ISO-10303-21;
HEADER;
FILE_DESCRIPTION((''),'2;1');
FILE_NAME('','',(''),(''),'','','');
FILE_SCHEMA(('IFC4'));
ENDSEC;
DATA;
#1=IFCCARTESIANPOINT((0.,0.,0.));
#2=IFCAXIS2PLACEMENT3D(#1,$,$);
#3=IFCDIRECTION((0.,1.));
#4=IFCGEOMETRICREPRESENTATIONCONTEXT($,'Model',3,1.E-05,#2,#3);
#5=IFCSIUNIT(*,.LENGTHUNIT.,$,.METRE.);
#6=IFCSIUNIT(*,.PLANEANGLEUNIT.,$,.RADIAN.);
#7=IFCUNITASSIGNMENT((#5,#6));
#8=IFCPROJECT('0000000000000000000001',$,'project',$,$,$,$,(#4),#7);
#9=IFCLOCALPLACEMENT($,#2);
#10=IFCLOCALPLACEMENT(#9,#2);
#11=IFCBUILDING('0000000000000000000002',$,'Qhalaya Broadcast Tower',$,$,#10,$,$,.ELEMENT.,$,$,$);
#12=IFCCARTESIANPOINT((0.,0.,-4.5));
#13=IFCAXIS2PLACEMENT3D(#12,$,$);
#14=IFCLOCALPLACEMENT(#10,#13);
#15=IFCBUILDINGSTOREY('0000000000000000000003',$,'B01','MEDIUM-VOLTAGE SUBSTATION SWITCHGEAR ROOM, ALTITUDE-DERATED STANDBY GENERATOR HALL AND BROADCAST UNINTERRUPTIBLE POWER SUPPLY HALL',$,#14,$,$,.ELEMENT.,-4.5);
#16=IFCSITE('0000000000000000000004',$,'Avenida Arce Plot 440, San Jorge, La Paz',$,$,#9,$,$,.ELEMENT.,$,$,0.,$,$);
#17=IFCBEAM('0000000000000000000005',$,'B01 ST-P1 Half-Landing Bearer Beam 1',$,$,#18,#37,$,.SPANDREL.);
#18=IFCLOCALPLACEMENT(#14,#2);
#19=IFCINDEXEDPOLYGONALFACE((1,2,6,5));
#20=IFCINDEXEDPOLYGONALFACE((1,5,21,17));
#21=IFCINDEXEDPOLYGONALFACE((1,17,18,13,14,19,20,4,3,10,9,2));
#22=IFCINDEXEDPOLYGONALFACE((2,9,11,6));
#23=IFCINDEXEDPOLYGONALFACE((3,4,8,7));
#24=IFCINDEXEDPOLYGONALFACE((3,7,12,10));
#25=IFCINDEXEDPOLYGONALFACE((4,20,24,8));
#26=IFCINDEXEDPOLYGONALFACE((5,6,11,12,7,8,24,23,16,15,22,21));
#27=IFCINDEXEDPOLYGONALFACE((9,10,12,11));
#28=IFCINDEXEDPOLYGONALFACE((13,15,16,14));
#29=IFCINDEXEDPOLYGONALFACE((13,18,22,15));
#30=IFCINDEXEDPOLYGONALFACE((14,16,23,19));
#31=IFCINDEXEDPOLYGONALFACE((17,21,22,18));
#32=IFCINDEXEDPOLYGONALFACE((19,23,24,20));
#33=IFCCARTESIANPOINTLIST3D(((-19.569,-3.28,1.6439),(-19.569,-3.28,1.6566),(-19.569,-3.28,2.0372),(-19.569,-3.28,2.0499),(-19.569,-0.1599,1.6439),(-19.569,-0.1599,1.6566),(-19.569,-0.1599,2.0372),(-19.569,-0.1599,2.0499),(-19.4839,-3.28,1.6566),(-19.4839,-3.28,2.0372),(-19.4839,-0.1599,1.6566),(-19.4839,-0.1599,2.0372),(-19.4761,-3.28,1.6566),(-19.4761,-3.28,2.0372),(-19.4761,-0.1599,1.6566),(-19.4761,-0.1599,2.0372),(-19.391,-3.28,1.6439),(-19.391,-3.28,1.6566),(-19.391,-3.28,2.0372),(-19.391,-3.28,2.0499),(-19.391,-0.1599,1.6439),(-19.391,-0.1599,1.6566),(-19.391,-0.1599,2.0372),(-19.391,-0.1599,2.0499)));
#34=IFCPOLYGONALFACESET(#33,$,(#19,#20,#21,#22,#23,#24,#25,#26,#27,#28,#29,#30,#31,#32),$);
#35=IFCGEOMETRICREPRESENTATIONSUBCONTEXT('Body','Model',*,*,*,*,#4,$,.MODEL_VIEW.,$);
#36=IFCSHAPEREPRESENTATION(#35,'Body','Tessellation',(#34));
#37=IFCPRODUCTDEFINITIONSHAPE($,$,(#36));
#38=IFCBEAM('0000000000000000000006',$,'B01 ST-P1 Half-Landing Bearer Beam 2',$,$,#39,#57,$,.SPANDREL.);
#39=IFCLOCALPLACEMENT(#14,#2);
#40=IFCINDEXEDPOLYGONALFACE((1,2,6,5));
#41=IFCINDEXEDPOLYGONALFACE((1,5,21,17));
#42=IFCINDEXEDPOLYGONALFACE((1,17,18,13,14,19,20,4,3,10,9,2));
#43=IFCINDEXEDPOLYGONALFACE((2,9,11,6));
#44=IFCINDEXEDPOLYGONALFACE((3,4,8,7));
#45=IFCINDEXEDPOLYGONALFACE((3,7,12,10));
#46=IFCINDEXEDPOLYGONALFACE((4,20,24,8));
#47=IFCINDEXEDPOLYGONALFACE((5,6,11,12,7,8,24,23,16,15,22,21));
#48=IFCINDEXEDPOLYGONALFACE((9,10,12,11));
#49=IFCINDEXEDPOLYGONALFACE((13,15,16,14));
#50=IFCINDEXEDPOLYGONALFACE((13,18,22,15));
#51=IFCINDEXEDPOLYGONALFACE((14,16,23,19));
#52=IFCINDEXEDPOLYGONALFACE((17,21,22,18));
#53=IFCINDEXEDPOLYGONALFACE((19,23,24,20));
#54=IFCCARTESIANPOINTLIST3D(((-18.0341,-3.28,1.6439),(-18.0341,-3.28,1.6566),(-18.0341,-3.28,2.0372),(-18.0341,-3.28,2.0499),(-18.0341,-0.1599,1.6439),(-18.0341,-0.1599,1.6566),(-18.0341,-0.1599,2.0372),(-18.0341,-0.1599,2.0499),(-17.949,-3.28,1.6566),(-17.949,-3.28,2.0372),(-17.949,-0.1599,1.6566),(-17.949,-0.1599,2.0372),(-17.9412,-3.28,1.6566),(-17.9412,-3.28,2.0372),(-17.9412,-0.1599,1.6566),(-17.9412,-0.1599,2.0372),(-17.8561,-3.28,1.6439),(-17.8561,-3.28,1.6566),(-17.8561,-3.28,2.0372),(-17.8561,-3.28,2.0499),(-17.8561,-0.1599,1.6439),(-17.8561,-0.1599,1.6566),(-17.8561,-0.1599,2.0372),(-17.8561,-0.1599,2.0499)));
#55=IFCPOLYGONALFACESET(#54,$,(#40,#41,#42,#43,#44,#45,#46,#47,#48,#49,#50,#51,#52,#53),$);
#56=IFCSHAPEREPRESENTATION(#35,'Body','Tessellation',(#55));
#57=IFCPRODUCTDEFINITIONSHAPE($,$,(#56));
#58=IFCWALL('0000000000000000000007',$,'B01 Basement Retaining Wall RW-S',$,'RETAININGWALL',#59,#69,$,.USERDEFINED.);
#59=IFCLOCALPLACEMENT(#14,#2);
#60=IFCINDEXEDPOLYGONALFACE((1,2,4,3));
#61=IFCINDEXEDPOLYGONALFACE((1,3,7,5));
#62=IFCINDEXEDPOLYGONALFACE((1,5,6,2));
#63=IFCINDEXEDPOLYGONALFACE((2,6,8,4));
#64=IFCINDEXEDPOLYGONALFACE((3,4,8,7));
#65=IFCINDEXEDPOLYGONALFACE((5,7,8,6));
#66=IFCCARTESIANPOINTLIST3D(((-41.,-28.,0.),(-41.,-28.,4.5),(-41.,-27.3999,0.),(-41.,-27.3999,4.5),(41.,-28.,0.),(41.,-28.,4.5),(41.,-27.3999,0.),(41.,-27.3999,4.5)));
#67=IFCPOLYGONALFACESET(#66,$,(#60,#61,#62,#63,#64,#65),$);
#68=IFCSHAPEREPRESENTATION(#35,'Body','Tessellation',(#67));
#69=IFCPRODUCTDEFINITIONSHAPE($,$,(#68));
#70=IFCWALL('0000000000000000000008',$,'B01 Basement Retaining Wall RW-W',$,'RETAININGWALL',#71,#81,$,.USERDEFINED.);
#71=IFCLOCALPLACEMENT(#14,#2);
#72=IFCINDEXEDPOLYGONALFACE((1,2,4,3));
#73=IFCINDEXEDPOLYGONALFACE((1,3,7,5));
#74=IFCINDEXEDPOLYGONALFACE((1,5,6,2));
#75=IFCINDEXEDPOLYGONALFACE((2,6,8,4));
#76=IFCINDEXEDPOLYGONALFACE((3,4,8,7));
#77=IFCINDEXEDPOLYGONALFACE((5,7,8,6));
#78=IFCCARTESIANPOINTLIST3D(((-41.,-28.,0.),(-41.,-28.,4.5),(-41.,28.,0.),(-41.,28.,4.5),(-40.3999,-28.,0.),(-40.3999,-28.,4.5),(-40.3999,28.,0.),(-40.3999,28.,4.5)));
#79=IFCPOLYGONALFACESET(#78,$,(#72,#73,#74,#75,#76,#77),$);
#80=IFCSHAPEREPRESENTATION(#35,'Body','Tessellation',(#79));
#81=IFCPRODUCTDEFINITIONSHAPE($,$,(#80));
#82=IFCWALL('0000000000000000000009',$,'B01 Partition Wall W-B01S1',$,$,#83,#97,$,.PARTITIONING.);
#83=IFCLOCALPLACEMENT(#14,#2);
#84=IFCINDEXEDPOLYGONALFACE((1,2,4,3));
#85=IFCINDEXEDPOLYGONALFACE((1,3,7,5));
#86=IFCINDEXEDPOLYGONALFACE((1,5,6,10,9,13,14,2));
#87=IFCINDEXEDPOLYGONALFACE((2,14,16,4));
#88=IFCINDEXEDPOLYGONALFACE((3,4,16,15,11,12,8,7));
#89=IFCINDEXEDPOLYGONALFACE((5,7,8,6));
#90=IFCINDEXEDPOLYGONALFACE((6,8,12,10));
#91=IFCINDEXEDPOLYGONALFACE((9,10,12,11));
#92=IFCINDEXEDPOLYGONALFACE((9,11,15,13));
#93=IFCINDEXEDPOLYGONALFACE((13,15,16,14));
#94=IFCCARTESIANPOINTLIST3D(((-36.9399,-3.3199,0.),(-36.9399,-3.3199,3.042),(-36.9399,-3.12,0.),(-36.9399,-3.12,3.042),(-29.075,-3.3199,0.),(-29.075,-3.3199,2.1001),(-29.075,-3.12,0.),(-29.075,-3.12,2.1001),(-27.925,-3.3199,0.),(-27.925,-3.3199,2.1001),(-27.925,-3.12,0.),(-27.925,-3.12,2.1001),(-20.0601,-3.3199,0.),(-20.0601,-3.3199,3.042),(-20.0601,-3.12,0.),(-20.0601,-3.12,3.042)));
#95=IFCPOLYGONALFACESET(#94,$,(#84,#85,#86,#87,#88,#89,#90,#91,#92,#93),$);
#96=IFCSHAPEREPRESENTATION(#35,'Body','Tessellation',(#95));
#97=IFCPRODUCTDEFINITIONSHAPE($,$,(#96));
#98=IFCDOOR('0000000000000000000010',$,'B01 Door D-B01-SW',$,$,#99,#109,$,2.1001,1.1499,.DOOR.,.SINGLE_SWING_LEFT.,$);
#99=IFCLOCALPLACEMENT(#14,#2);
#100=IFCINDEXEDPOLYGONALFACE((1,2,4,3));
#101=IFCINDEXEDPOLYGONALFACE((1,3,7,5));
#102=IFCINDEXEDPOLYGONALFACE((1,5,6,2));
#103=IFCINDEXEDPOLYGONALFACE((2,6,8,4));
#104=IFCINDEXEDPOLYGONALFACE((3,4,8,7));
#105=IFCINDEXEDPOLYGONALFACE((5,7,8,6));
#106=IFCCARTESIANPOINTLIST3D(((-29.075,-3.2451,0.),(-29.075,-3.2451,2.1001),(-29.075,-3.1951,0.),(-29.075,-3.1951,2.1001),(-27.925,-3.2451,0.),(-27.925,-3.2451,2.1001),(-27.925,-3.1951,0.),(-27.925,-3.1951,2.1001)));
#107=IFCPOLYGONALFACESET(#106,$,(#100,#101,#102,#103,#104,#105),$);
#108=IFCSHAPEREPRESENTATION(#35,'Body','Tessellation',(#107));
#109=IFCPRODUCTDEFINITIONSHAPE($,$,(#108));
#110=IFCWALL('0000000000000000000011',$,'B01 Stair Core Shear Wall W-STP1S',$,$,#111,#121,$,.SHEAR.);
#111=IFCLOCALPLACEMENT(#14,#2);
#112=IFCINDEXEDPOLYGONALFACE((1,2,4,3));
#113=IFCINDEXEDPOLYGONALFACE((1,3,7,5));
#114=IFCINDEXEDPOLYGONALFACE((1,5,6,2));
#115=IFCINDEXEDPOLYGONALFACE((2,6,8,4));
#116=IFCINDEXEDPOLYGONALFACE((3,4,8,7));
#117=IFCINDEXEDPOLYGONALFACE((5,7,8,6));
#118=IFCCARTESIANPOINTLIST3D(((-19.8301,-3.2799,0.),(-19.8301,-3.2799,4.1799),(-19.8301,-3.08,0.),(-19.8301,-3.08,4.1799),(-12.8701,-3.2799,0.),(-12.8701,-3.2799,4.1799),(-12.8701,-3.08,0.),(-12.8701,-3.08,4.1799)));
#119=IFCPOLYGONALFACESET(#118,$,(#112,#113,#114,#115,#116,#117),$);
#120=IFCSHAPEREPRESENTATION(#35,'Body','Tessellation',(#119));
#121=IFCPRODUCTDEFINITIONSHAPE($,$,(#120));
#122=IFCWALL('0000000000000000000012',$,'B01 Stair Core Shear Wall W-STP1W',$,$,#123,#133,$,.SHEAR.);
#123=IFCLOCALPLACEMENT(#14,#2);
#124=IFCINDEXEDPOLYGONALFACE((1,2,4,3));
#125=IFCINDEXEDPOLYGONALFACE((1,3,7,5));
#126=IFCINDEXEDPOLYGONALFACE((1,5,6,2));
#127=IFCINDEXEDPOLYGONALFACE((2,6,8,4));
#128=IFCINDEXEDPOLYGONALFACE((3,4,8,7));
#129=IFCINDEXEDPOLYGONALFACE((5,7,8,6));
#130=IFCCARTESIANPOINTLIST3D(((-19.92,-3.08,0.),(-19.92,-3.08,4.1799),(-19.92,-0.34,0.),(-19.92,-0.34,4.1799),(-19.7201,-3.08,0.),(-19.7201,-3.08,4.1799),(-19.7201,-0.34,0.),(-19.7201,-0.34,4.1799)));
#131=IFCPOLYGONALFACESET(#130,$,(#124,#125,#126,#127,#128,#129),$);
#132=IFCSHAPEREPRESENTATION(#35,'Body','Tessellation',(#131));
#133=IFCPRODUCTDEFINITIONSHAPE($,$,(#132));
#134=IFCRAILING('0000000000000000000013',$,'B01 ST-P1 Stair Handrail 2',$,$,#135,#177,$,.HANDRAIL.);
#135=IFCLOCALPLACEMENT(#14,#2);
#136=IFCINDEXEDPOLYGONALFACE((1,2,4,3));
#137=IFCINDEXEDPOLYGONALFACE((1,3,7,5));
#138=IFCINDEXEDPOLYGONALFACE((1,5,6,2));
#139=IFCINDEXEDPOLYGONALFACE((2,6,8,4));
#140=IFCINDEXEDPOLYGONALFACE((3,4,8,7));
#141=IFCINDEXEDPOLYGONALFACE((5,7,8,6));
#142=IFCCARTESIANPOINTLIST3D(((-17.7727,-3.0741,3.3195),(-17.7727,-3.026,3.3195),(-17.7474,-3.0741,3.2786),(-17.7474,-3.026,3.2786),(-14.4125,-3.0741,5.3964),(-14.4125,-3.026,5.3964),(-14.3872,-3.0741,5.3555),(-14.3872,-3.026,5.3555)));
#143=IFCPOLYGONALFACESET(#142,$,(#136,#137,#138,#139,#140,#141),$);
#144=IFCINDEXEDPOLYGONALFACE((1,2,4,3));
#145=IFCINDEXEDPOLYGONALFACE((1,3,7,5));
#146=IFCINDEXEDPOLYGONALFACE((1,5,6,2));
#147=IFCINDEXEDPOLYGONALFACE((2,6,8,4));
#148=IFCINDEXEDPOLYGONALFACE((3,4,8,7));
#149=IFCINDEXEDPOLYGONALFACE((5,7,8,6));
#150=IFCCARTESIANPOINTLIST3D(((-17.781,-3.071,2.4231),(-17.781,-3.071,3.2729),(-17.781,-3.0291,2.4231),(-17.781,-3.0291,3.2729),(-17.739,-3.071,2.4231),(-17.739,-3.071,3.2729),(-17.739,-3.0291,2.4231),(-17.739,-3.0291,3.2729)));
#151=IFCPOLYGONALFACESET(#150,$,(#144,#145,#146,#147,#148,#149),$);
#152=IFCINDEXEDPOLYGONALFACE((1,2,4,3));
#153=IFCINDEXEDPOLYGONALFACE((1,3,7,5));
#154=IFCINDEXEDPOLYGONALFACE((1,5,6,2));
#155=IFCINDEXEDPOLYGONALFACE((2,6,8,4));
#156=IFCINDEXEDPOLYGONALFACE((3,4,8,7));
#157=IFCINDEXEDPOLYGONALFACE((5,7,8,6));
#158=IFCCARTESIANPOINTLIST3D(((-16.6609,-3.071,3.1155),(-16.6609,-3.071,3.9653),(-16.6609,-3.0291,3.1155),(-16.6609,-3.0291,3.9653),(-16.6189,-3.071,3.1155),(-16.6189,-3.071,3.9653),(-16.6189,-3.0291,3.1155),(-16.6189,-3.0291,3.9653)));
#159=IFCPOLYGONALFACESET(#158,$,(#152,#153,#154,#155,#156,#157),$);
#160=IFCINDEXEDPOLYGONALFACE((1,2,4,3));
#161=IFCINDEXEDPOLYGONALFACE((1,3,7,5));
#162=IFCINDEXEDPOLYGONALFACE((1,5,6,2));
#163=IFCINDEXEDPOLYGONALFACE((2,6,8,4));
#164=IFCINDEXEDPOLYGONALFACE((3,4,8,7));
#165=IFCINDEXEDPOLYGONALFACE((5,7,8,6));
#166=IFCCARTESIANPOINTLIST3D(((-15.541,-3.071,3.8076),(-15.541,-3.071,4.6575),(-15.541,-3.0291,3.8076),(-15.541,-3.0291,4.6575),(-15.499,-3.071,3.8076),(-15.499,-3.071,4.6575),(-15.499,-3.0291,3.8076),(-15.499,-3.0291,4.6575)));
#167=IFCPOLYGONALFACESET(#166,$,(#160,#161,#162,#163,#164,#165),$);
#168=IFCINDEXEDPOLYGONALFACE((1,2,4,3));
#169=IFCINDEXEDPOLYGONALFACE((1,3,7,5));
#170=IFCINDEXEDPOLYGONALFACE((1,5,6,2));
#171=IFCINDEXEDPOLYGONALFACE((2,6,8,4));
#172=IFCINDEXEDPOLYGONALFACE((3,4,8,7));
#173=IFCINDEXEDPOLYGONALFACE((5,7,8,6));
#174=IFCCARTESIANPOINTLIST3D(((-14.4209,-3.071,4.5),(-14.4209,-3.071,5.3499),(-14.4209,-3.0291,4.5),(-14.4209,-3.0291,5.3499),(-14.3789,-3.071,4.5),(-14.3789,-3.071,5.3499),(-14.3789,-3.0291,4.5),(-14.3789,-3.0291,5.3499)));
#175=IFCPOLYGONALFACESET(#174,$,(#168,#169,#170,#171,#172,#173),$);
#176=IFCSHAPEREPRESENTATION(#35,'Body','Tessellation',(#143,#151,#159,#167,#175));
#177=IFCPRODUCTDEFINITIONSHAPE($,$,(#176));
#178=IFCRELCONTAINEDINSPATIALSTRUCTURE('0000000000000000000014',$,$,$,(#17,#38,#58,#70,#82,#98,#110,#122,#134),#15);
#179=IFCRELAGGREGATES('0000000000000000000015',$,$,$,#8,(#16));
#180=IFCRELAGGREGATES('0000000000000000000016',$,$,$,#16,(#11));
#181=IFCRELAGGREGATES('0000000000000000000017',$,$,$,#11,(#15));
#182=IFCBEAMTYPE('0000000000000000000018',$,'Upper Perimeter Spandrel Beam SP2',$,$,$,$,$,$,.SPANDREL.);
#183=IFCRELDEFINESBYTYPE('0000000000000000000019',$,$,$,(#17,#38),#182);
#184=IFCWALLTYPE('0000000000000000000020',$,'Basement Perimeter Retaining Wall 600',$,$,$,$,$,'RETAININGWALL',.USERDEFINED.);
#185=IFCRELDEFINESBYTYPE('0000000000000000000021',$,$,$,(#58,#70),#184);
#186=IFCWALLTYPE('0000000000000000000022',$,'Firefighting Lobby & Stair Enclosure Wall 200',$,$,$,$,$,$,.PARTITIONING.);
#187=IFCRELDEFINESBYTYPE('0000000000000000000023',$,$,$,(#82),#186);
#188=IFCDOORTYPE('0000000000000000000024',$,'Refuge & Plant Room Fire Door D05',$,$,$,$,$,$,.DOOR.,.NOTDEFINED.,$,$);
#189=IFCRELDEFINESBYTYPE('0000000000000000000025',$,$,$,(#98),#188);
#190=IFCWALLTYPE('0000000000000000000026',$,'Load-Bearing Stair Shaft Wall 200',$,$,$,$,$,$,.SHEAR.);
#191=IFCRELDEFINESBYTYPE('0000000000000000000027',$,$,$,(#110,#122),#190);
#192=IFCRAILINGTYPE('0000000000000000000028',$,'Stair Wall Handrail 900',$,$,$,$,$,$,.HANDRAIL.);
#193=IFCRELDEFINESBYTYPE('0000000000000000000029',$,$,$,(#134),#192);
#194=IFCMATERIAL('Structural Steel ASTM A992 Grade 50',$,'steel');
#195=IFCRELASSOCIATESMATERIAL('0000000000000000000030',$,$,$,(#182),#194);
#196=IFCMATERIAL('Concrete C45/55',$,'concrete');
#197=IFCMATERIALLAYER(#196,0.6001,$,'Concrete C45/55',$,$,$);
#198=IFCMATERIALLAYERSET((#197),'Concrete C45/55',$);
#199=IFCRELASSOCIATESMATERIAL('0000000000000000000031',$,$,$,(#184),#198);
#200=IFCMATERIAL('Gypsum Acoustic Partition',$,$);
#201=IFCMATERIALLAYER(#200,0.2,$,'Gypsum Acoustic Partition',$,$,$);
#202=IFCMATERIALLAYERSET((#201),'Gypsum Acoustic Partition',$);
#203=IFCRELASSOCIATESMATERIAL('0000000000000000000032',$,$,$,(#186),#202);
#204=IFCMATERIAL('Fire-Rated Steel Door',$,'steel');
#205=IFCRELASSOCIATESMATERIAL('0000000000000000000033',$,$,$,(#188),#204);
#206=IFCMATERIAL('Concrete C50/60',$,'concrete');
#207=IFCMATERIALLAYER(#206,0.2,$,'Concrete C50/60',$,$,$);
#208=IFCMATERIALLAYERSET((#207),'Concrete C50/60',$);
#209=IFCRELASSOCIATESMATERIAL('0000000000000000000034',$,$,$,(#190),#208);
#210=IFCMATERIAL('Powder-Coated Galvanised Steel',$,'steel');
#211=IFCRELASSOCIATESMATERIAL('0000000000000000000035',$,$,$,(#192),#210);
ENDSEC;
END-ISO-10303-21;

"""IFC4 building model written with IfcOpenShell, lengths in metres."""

from ifc_helpers import new_model, si_unit, direction, frame, frame_2d, origin, origin_2d, place, context, subcontext, project, spatial, rectangle, i_section, extrude, material, layer, layer_set, material_profile, profile_set, type_object, element, fill, save


model = new_model("IFC4")

# Units and contexts
model_context = context("Model", 3, precision=1e-05, world=origin(), true_north=direction((0.0, 1.0)))
body_context = subcontext(model_context, "Body", "Model", "MODEL_VIEW")
ifc_project = project(units=[si_unit("LENGTHUNIT", "METRE"), si_unit("PLANEANGLEUNIT", "RADIAN")], contexts=[model_context])

# Site, building, storey
site_placement = place(None, origin())
site = spatial("IfcSite", under=ifc_project, at=site_placement, Name="Avenida Arce Plot 440, San Jorge, La Paz", CompositionType="ELEMENT", RefElevation=0.0)
building_placement = place(site_placement, origin())
building = spatial("IfcBuilding", under=site, at=building_placement, Name="Qhalaya Broadcast Tower", CompositionType="ELEMENT")
storey_placement = place(building_placement, frame((0.0, 0.0, -4.5)))
storey = spatial("IfcBuildingStorey", under=building, at=storey_placement, Name="B01", Description="MEDIUM-VOLTAGE SUBSTATION SWITCHGEAR ROOM, ALTITUDE-DERATED STANDBY GENERATOR HALL AND BROADCAST UNINTERRUPTIBLE POWER SUPPLY HALL", CompositionType="ELEMENT", Elevation=-4.5)

# Beams
ifc_material_1 = material(Name="Structural Steel ASTM A992 Grade 50", Category="steel")
ifc_material_profile_1 = material_profile(ifc_material_1, i_section(OverallWidth=0.178, OverallDepth=0.406, WebThickness=0.0078, FlangeThickness=0.0127, at=origin_2d()), Name="W16X40")
ifc_profile_set_1 = profile_set([ifc_material_profile_1], Name="Structural Steel ASTM A992 Grade 50")
beam_type_1 = type_object("IfcBeamType", Name="Upper Perimeter Spandrel Beam SP2", PredefinedType="SPANDREL", material=ifc_profile_set_1)
for number, where, z_axis, x_axis, name in (
    (1, (-19.48, -3.28, 1.8469), (0.0, 1.0, 0.0), (-1.0, 0.0, 0.0), "B01 ST-P1 Half-Landing Bearer Beam 1"),
    (2, (-17.9451, -3.28, 1.8469), (0.0, 1.0, 0.0), (-1.0, 0.0, 0.0), "B01 ST-P1 Half-Landing Bearer Beam 2"),
):
    element("IfcBeam", number, at=place(storey_placement, frame(where, z_axis=z_axis, x_axis=x_axis)), inside=storey, type_object=beam_type_1, Name=name, PredefinedType="SPANDREL", context=body_context, shape_type="SweptSolid", body=[
        extrude(i_section(OverallWidth=0.178, OverallDepth=0.406, WebThickness=0.0078, FlangeThickness=0.0127, at=origin_2d()), origin(), (0.0, 0.0, 1.0), 3.1201),
    ])

# Walls
ifc_material_2 = material(Name="Concrete C45/55", Category="concrete")
ifc_layer_1 = layer(ifc_material_2, 0.6001, Name="Concrete C45/55")
ifc_layer_set_1 = layer_set([ifc_layer_1], Name="Concrete C45/55")
wall_type_1 = type_object("IfcWallType", Name="Basement Perimeter Retaining Wall 600", ElementType="RETAININGWALL", PredefinedType="USERDEFINED", material=ifc_layer_set_1)
wall_1_placement = place(storey_placement, frame((-41.0, -27.7, 0.0), z_axis=(0.0, 0.0, 1.0), x_axis=(1.0, 0.0, 0.0)))
element("IfcWall", 3, at=wall_1_placement, inside=storey, type_object=wall_type_1, Name="B01 Basement Retaining Wall RW-S", ObjectType="RETAININGWALL", PredefinedType="USERDEFINED", context=body_context, shape_type="SweptSolid", body=[
    extrude(rectangle(XDim=82.0, YDim=0.6001, at=frame_2d((41.0, 0.0))), origin(), (0.0, 0.0, 1.0), 4.5),
])
wall_2_placement = place(storey_placement, frame((-40.7, -28.0, 0.0), z_axis=(0.0, 0.0, 1.0), x_axis=(0.0, 1.0, 0.0)))
element("IfcWall", 4, at=wall_2_placement, inside=storey, type_object=wall_type_1, Name="B01 Basement Retaining Wall RW-W", ObjectType="RETAININGWALL", PredefinedType="USERDEFINED", context=body_context, shape_type="SweptSolid", body=[
    extrude(rectangle(XDim=56.0, YDim=0.6001, at=frame_2d((28.0, 0.0))), origin(), (0.0, 0.0, 1.0), 4.5),
])

# Wall, opening, door
ifc_material_3 = material(Name="Gypsum Acoustic Partition")
ifc_layer_2 = layer(ifc_material_3, 0.2, Name="Gypsum Acoustic Partition")
ifc_layer_set_2 = layer_set([ifc_layer_2], Name="Gypsum Acoustic Partition")
wall_type_2 = type_object("IfcWallType", Name="Firefighting Lobby & Stair Enclosure Wall 200", PredefinedType="PARTITIONING", material=ifc_layer_set_2)
wall_3_placement = place(storey_placement, frame((-36.9399, -3.22, 0.0), z_axis=(0.0, 0.0, 1.0), x_axis=(1.0, 0.0, 0.0)))
wall_3 = element("IfcWall", 5, at=wall_3_placement, inside=storey, type_object=wall_type_2, Name="B01 Partition Wall W-B01S1", PredefinedType="PARTITIONING", context=body_context, shape_type="SweptSolid", body=[
    extrude(rectangle(XDim=16.8799, YDim=0.2, at=frame_2d((8.4399, 0.0))), origin(), (0.0, 0.0, 1.0), 3.042),
])
opening_placement = place(wall_3_placement, frame((7.865, 0.0, 0.0)))
opening = element("IfcOpeningElement", 6, at=opening_placement, cuts=wall_3, PredefinedType="OPENING", context=body_context, shape_type="SweptSolid", body=[
    extrude(rectangle(XDim=1.1499, YDim=2.1001, at=frame_2d((0.575, 1.05))), frame((0.0, 0.1121, 0.0), z_axis=(0.0, -1.0, 0.0), x_axis=(1.0, 0.0, 0.0)), (0.0, 0.0, 1.0), 0.2239),
])
ifc_material_4 = material(Name="Fire-Rated Steel Door", Category="steel")
door_type = type_object("IfcDoorType", Name="Refuge & Plant Room Fire Door D05", OperationType="NOTDEFINED", PredefinedType="DOOR", material=ifc_material_4)
door_placement = place(opening_placement, origin())
door = element("IfcDoor", 7, at=door_placement, inside=storey, type_object=door_type, Name="B01 Door D-B01-SW", OperationType="SINGLE_SWING_LEFT", OverallHeight=2.1001, OverallWidth=1.1499, PredefinedType="DOOR", context=body_context, shape_type="SweptSolid", body=[
    extrude(rectangle(XDim=1.1499, YDim=2.1001, at=frame_2d((0.575, 1.05))), frame((0.0, 0.0249, 0.0), z_axis=(0.0, -1.0, 0.0), x_axis=(1.0, 0.0, 0.0)), (0.0, 0.0, 1.0), 0.05),
])
fill(opening, door)

# Walls
ifc_material_5 = material(Name="Concrete C50/60", Category="concrete")
ifc_layer_3 = layer(ifc_material_5, 0.2, Name="Concrete C50/60")
ifc_layer_set_3 = layer_set([ifc_layer_3], Name="Concrete C50/60")
wall_type_3 = type_object("IfcWallType", Name="Load-Bearing Stair Shaft Wall 200", PredefinedType="SHEAR", material=ifc_layer_set_3)
wall_4_placement = place(storey_placement, frame((-19.8301, -3.1799, 0.0), z_axis=(0.0, 0.0, 1.0), x_axis=(1.0, 0.0, 0.0)))
element("IfcWall", 8, at=wall_4_placement, inside=storey, type_object=wall_type_3, Name="B01 Stair Core Shear Wall W-STP1S", PredefinedType="SHEAR", context=body_context, shape_type="SweptSolid", body=[
    extrude(rectangle(XDim=6.96, YDim=0.2, at=frame_2d((3.48, 0.0))), origin(), (0.0, 0.0, 1.0), 4.1799),
])
wall_5_placement = place(storey_placement, frame((-19.8201, -3.0801, 0.0), z_axis=(0.0, 0.0, 1.0), x_axis=(0.0, 1.0, 0.0)))
element("IfcWall", 9, at=wall_5_placement, inside=storey, type_object=wall_type_3, Name="B01 Stair Core Shear Wall W-STP1W", PredefinedType="SHEAR", context=body_context, shape_type="SweptSolid", body=[
    extrude(rectangle(XDim=2.74, YDim=0.2, at=frame_2d((1.3701, 0.0))), origin(), (0.0, 0.0, 1.0), 4.1799),
])

# Railing
ifc_material_6 = material(Name="Powder-Coated Galvanised Steel", Category="steel")
railing_type = type_object("IfcRailingType", Name="Stair Wall Handrail 900", PredefinedType="HANDRAIL", material=ifc_material_6)
railing_placement = place(storey_placement, frame((-17.76, -3.05, 2.4231)))
element("IfcRailing", 10, at=railing_placement, inside=storey, type_object=railing_type, Name="B01 ST-P1 Stair Handrail 2", PredefinedType="HANDRAIL", context=body_context, shape_type="SweptSolid", body=[
    extrude(rectangle(XDim=0.0481, YDim=0.0481, at=origin_2d()), frame((0.0, 0.0, 0.876), z_axis=(0.850623, 0.0, 0.525776), x_axis=(0.0, 1.0, 0.0)), (0.0, 0.0, 1.0), 3.9502),
    extrude(rectangle(XDim=0.042, YDim=0.042, at=origin_2d()), origin(), (0.0, 0.0, 1.0), 0.8499),
    extrude(rectangle(XDim=0.042, YDim=0.042, at=origin_2d()), frame((1.1201, 0.0, 0.6924)), (0.0, 0.0, 1.0), 0.8499),
    extrude(rectangle(XDim=0.042, YDim=0.042, at=origin_2d()), frame((2.24, 0.0, 1.3845)), (0.0, 0.0, 1.0), 0.8499),
    extrude(rectangle(XDim=0.042, YDim=0.042, at=origin_2d()), frame((3.3601, 0.0, 2.0769)), (0.0, 0.0, 1.0), 0.8499),
])

save(model, "model.ifc")
